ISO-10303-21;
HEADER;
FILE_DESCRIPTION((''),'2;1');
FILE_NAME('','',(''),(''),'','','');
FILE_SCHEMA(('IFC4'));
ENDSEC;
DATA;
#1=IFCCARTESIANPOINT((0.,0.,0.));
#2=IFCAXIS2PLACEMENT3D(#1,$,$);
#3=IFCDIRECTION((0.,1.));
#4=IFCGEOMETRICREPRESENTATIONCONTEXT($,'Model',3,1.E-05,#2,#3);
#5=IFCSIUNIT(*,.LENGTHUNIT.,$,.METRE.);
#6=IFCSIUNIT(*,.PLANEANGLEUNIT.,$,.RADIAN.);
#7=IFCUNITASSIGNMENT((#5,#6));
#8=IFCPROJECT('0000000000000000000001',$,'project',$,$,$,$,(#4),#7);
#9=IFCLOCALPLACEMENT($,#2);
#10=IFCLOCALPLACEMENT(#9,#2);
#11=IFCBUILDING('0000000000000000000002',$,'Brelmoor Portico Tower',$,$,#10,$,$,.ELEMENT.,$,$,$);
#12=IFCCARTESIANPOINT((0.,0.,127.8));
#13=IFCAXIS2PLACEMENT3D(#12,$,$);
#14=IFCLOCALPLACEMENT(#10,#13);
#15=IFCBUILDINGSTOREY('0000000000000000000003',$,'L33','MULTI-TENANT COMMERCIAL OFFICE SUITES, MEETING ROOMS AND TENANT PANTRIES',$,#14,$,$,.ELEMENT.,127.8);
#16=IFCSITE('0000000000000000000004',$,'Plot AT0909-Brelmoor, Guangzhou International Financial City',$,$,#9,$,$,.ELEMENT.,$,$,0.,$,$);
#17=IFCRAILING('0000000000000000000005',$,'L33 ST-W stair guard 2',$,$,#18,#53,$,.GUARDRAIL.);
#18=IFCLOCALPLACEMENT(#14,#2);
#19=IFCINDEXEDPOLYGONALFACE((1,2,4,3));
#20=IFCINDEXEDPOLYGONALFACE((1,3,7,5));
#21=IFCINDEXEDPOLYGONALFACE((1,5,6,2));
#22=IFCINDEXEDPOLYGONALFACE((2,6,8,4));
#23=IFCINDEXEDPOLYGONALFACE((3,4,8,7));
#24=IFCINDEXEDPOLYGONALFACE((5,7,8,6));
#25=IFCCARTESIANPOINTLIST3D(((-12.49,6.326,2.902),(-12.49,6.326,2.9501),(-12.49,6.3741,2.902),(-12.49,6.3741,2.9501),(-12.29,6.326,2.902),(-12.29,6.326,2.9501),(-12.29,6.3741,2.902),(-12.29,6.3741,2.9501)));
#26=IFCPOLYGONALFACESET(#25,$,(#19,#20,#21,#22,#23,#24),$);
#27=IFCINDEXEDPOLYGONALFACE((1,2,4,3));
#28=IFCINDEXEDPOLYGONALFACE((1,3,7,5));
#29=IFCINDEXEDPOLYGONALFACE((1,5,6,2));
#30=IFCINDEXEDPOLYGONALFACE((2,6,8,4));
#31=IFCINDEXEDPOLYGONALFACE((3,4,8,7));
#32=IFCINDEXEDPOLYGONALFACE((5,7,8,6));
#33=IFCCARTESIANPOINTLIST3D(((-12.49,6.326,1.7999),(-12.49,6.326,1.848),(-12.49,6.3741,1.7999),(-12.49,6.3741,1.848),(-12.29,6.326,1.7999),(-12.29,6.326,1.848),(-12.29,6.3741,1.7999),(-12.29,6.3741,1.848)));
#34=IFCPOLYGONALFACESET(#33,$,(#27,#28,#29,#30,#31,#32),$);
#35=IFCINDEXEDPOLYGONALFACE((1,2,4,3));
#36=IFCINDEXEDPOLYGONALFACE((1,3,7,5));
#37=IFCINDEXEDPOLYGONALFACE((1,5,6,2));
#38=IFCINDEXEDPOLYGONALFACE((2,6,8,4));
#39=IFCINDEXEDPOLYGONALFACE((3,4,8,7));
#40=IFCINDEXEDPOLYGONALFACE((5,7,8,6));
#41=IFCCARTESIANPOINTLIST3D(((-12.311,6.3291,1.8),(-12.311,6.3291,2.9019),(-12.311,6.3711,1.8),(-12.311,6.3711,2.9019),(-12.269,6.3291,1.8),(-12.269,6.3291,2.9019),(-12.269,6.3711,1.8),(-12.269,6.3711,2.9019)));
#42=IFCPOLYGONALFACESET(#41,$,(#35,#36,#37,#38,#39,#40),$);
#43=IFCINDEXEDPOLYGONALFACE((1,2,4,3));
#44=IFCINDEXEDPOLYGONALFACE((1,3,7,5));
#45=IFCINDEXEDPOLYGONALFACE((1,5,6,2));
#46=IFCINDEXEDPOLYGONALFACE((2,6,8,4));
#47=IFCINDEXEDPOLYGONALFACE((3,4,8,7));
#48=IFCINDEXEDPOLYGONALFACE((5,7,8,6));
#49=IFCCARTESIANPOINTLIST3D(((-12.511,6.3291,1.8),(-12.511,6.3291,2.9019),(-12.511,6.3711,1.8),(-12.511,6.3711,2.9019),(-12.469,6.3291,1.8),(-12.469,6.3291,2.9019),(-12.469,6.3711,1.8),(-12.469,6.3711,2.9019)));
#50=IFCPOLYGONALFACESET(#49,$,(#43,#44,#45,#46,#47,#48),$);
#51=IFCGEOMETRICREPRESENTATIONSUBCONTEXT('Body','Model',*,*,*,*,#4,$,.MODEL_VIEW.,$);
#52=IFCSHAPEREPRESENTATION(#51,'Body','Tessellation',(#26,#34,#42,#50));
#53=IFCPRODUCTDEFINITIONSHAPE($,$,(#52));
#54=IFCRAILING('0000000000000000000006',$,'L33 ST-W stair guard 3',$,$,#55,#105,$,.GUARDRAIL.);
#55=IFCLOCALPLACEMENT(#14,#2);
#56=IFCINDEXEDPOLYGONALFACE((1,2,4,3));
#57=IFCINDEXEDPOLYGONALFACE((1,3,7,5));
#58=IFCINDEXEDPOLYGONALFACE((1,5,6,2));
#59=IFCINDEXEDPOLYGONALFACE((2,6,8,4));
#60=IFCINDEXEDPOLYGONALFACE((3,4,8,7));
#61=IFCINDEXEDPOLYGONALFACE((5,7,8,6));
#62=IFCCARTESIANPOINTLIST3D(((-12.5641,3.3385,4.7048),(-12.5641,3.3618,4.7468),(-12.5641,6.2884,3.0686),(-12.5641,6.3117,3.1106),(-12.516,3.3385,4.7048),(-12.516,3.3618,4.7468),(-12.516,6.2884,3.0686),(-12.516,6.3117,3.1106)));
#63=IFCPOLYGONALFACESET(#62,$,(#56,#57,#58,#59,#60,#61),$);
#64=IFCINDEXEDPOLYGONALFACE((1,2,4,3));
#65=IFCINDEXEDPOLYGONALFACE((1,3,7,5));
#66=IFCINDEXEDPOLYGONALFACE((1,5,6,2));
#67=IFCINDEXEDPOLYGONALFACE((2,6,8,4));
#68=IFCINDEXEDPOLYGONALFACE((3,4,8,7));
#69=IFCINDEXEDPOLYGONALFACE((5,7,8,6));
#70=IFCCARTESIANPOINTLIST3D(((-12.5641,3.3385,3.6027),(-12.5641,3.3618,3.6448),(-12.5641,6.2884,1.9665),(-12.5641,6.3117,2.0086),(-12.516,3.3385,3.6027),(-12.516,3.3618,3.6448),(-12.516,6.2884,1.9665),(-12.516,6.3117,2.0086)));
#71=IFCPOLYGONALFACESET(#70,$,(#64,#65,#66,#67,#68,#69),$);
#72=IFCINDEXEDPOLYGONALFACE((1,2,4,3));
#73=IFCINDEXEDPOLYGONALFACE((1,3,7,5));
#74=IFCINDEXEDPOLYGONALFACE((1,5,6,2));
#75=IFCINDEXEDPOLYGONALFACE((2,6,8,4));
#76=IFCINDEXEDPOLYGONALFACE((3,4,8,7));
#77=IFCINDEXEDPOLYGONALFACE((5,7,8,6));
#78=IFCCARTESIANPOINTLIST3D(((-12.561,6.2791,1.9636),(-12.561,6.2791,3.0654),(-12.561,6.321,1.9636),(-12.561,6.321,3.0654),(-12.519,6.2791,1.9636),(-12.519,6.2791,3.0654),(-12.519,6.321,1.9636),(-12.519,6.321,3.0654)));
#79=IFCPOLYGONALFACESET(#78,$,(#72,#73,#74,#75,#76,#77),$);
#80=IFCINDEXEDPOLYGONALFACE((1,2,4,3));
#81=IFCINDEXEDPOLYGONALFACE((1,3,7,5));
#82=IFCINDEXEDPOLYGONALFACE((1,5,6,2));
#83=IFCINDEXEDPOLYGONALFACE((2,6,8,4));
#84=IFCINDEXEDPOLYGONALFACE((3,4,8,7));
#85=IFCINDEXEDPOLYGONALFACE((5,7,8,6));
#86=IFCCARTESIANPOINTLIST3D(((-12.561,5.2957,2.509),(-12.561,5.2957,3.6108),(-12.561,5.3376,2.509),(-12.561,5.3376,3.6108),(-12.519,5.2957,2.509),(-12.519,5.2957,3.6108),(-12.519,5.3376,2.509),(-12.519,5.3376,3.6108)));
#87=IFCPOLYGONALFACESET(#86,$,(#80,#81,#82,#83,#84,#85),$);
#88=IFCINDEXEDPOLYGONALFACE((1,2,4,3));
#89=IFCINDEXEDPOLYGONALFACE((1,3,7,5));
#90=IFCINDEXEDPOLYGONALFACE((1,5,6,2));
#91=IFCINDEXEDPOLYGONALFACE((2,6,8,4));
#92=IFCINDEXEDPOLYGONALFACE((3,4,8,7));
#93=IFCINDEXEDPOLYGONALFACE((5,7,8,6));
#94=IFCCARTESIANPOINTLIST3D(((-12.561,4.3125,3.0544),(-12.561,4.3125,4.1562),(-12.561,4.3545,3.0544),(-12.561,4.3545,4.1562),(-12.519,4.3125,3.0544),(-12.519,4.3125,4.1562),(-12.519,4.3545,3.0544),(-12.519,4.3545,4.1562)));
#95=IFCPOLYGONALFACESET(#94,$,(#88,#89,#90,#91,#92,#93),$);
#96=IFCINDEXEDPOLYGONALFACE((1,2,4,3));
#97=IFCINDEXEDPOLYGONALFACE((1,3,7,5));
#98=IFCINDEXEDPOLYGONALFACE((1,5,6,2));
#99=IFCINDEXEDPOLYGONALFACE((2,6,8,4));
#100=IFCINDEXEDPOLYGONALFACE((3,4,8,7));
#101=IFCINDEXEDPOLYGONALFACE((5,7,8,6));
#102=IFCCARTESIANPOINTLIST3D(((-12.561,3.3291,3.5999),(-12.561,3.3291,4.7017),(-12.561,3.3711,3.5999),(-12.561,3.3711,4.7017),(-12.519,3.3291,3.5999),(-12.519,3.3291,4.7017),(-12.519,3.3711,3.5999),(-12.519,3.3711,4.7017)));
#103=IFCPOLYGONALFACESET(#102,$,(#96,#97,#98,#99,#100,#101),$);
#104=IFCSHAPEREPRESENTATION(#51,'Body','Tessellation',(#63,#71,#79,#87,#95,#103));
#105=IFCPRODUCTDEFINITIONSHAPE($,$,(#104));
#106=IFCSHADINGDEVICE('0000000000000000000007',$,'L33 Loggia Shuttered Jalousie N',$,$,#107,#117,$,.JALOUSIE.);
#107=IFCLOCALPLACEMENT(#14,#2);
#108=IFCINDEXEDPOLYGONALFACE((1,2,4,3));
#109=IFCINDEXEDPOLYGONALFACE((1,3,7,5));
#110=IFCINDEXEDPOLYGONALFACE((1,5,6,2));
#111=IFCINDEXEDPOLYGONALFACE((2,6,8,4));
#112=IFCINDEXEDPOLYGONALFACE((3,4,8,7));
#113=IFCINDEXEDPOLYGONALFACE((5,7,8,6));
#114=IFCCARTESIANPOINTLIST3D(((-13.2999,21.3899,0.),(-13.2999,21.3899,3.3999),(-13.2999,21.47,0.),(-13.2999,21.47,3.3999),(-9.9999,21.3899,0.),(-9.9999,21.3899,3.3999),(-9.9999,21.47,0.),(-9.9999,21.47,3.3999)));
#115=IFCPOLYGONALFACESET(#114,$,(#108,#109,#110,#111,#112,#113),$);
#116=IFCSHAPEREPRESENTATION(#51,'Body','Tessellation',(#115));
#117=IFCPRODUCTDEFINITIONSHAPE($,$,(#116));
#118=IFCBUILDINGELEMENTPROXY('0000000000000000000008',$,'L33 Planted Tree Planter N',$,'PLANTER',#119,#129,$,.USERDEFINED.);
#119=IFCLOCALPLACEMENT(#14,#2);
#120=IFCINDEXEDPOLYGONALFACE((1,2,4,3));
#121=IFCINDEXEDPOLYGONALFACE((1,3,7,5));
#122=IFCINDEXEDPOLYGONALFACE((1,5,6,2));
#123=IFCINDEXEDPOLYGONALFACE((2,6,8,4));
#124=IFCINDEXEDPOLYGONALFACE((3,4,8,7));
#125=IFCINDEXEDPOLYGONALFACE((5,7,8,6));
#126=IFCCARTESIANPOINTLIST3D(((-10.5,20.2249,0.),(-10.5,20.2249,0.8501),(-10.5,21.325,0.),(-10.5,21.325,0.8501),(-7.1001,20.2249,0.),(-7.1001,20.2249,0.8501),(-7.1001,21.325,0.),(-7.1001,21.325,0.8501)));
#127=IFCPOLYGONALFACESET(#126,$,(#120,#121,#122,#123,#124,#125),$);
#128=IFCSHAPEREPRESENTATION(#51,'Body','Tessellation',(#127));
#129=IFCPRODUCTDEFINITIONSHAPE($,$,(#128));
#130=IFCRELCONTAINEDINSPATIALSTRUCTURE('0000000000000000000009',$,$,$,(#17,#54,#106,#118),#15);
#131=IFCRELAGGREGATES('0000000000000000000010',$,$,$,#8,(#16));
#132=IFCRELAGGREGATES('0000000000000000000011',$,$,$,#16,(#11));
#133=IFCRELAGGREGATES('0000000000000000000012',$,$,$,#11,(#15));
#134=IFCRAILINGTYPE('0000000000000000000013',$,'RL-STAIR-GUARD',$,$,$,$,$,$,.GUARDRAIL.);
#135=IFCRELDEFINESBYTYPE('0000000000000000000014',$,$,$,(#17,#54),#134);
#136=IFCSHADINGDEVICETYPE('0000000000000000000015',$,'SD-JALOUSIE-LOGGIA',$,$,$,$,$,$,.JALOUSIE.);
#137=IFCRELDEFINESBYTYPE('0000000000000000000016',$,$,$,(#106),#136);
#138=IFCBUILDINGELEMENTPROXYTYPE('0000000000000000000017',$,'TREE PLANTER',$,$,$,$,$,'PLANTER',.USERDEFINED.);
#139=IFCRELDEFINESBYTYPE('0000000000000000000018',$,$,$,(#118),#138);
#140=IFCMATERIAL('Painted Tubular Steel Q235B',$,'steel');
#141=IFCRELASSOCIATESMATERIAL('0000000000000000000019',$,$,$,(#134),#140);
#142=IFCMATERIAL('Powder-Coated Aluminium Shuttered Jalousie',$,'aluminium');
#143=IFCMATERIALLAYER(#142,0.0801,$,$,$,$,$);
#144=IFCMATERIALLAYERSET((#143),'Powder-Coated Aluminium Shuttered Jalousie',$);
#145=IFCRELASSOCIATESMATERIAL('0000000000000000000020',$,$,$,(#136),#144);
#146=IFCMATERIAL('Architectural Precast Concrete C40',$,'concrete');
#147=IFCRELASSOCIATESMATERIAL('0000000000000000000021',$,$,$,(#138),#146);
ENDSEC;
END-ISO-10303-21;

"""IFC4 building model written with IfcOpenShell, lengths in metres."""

from ifc_helpers import new_model, si_unit, direction, frame, origin, origin_2d, place, context, subcontext, project, spatial, rectangle, extrude, material, layer, layer_set, type_object, element, save


model = new_model("IFC4")

# Units and contexts
model_context = context("Model", 3, precision=1e-05, world=origin(), true_north=direction((0.0, 1.0)))
body_context = subcontext(model_context, "Body", "Model", "MODEL_VIEW")
ifc_project = project(units=[si_unit("LENGTHUNIT", "METRE"), si_unit("PLANEANGLEUNIT", "RADIAN")], contexts=[model_context])

# Site, building, storey
site_placement = place(None, origin())
site = spatial("IfcSite", under=ifc_project, at=site_placement, Name="Plot AT0909-Brelmoor, Guangzhou International Financial City", CompositionType="ELEMENT", RefElevation=0.0)
building_placement = place(site_placement, origin())
building = spatial("IfcBuilding", under=site, at=building_placement, Name="Brelmoor Portico Tower", CompositionType="ELEMENT")
storey_placement = place(building_placement, frame((0.0, 0.0, 127.8)))
storey = spatial("IfcBuildingStorey", under=building, at=storey_placement, Name="L33", Description="MULTI-TENANT COMMERCIAL OFFICE SUITES, MEETING ROOMS AND TENANT PANTRIES", CompositionType="ELEMENT", Elevation=127.8)

# Railings
ifc_material_1 = material(Name="Painted Tubular Steel Q235B", Category="steel")
railing_type = type_object("IfcRailingType", Name="RL-STAIR-GUARD", PredefinedType="GUARDRAIL", material=ifc_material_1)
railing_1_placement = place(storey_placement, frame((-12.29, 6.3501, 1.8)))
element("IfcRailing", 1, at=railing_1_placement, inside=storey, type_object=railing_type, Name="L33 ST-W stair guard 2", PredefinedType="GUARDRAIL", context=body_context, shape_type="SweptSolid", body=[
    extrude(rectangle(XDim=0.0481, YDim=0.0481, at=origin_2d()), frame((0.0, 0.0, 1.126), z_axis=(-1.0, 0.0, 0.0), x_axis=(0.0, -1.0, 0.0)), (0.0, 0.0, 1.0), 0.2),
    extrude(rectangle(XDim=0.0481, YDim=0.0481, at=origin_2d()), frame((0.0, 0.0, 0.0239), z_axis=(-1.0, 0.0, 0.0), x_axis=(0.0, -1.0, 0.0)), (0.0, 0.0, 1.0), 0.2),
    extrude(rectangle(XDim=0.042, YDim=0.042, at=origin_2d()), origin(), (0.0, 0.0, 1.0), 1.1018),
    extrude(rectangle(XDim=0.042, YDim=0.042, at=origin_2d()), frame((-0.2, 0.0, 0.0)), (0.0, 0.0, 1.0), 1.1018),
])
railing_2_placement = place(storey_placement, frame((-12.54, 6.3, 1.9636)))
element("IfcRailing", 2, at=railing_2_placement, inside=storey, type_object=railing_type, Name="L33 ST-W stair guard 3", PredefinedType="GUARDRAIL", context=body_context, shape_type="SweptSolid", body=[
    extrude(rectangle(XDim=0.0481, YDim=0.0481, at=origin_2d()), frame((0.0, 0.0, 1.126), z_axis=(0.0, -0.874488, 0.485047), x_axis=(1.0, 0.0, 0.0)), (0.0, 0.0, 1.0), 3.3733),
    extrude(rectangle(XDim=0.0481, YDim=0.0481, at=origin_2d()), frame((0.0, 0.0, 0.0239), z_axis=(0.0, -0.874488, 0.485047), x_axis=(1.0, 0.0, 0.0)), (0.0, 0.0, 1.0), 3.3733),
    extrude(rectangle(XDim=0.042, YDim=0.042, at=origin_2d()), origin(), (0.0, 0.0, 1.0), 1.1018),
    extrude(rectangle(XDim=0.042, YDim=0.042, at=origin_2d()), frame((0.0, -0.9834, 0.5454)), (0.0, 0.0, 1.0), 1.1018),
    extrude(rectangle(XDim=0.042, YDim=0.042, at=origin_2d()), frame((0.0, -1.9666, 1.0908)), (0.0, 0.0, 1.0), 1.1018),
    extrude(rectangle(XDim=0.042, YDim=0.042, at=origin_2d()), frame((0.0, -2.95, 1.6362)), (0.0, 0.0, 1.0), 1.1018),
])

# Shading device
ifc_material_2 = material(Name="Powder-Coated Aluminium Shuttered Jalousie", Category="aluminium")
ifc_layer_1 = layer(ifc_material_2, 0.0801)
ifc_layer_set_1 = layer_set([ifc_layer_1], Name="Powder-Coated Aluminium Shuttered Jalousie")
shading_device_type = type_object("IfcShadingDeviceType", Name="SD-JALOUSIE-LOGGIA", PredefinedType="JALOUSIE", material=ifc_layer_set_1)
shading_device_placement = place(storey_placement, frame((-11.6499, 21.4299, 0.0), z_axis=(0.0, 0.0, 1.0), x_axis=(1.0, 0.0, 0.0)))
element("IfcShadingDevice", 3, at=shading_device_placement, inside=storey, type_object=shading_device_type, Name="L33 Loggia Shuttered Jalousie N", PredefinedType="JALOUSIE", context=body_context, shape_type="SweptSolid", body=[
    extrude(rectangle(XDim=3.3, YDim=0.0801, at=origin_2d()), origin(), (0.0, 0.0, 1.0), 3.3999),
])

# Building element proxy
ifc_material_3 = material(Name="Architectural Precast Concrete C40", Category="concrete")
building_element_proxy_type = type_object("IfcBuildingElementProxyType", Name="TREE PLANTER", ElementType="PLANTER", PredefinedType="USERDEFINED", material=ifc_material_3)
proxy_placement = place(storey_placement, frame((-8.8, 20.7749, 0.0), z_axis=(0.0, 0.0, 1.0), x_axis=(1.0, 0.0, 0.0)))
element("IfcBuildingElementProxy", 4, at=proxy_placement, inside=storey, type_object=building_element_proxy_type, Name="L33 Planted Tree Planter N", ObjectType="PLANTER", PredefinedType="USERDEFINED", context=body_context, shape_type="SweptSolid", body=[
    extrude(rectangle(XDim=3.3999, YDim=1.1001, at=origin_2d()), origin(), (0.0, 0.0, 1.0), 0.8501),
])

save(model, "model.ifc")
